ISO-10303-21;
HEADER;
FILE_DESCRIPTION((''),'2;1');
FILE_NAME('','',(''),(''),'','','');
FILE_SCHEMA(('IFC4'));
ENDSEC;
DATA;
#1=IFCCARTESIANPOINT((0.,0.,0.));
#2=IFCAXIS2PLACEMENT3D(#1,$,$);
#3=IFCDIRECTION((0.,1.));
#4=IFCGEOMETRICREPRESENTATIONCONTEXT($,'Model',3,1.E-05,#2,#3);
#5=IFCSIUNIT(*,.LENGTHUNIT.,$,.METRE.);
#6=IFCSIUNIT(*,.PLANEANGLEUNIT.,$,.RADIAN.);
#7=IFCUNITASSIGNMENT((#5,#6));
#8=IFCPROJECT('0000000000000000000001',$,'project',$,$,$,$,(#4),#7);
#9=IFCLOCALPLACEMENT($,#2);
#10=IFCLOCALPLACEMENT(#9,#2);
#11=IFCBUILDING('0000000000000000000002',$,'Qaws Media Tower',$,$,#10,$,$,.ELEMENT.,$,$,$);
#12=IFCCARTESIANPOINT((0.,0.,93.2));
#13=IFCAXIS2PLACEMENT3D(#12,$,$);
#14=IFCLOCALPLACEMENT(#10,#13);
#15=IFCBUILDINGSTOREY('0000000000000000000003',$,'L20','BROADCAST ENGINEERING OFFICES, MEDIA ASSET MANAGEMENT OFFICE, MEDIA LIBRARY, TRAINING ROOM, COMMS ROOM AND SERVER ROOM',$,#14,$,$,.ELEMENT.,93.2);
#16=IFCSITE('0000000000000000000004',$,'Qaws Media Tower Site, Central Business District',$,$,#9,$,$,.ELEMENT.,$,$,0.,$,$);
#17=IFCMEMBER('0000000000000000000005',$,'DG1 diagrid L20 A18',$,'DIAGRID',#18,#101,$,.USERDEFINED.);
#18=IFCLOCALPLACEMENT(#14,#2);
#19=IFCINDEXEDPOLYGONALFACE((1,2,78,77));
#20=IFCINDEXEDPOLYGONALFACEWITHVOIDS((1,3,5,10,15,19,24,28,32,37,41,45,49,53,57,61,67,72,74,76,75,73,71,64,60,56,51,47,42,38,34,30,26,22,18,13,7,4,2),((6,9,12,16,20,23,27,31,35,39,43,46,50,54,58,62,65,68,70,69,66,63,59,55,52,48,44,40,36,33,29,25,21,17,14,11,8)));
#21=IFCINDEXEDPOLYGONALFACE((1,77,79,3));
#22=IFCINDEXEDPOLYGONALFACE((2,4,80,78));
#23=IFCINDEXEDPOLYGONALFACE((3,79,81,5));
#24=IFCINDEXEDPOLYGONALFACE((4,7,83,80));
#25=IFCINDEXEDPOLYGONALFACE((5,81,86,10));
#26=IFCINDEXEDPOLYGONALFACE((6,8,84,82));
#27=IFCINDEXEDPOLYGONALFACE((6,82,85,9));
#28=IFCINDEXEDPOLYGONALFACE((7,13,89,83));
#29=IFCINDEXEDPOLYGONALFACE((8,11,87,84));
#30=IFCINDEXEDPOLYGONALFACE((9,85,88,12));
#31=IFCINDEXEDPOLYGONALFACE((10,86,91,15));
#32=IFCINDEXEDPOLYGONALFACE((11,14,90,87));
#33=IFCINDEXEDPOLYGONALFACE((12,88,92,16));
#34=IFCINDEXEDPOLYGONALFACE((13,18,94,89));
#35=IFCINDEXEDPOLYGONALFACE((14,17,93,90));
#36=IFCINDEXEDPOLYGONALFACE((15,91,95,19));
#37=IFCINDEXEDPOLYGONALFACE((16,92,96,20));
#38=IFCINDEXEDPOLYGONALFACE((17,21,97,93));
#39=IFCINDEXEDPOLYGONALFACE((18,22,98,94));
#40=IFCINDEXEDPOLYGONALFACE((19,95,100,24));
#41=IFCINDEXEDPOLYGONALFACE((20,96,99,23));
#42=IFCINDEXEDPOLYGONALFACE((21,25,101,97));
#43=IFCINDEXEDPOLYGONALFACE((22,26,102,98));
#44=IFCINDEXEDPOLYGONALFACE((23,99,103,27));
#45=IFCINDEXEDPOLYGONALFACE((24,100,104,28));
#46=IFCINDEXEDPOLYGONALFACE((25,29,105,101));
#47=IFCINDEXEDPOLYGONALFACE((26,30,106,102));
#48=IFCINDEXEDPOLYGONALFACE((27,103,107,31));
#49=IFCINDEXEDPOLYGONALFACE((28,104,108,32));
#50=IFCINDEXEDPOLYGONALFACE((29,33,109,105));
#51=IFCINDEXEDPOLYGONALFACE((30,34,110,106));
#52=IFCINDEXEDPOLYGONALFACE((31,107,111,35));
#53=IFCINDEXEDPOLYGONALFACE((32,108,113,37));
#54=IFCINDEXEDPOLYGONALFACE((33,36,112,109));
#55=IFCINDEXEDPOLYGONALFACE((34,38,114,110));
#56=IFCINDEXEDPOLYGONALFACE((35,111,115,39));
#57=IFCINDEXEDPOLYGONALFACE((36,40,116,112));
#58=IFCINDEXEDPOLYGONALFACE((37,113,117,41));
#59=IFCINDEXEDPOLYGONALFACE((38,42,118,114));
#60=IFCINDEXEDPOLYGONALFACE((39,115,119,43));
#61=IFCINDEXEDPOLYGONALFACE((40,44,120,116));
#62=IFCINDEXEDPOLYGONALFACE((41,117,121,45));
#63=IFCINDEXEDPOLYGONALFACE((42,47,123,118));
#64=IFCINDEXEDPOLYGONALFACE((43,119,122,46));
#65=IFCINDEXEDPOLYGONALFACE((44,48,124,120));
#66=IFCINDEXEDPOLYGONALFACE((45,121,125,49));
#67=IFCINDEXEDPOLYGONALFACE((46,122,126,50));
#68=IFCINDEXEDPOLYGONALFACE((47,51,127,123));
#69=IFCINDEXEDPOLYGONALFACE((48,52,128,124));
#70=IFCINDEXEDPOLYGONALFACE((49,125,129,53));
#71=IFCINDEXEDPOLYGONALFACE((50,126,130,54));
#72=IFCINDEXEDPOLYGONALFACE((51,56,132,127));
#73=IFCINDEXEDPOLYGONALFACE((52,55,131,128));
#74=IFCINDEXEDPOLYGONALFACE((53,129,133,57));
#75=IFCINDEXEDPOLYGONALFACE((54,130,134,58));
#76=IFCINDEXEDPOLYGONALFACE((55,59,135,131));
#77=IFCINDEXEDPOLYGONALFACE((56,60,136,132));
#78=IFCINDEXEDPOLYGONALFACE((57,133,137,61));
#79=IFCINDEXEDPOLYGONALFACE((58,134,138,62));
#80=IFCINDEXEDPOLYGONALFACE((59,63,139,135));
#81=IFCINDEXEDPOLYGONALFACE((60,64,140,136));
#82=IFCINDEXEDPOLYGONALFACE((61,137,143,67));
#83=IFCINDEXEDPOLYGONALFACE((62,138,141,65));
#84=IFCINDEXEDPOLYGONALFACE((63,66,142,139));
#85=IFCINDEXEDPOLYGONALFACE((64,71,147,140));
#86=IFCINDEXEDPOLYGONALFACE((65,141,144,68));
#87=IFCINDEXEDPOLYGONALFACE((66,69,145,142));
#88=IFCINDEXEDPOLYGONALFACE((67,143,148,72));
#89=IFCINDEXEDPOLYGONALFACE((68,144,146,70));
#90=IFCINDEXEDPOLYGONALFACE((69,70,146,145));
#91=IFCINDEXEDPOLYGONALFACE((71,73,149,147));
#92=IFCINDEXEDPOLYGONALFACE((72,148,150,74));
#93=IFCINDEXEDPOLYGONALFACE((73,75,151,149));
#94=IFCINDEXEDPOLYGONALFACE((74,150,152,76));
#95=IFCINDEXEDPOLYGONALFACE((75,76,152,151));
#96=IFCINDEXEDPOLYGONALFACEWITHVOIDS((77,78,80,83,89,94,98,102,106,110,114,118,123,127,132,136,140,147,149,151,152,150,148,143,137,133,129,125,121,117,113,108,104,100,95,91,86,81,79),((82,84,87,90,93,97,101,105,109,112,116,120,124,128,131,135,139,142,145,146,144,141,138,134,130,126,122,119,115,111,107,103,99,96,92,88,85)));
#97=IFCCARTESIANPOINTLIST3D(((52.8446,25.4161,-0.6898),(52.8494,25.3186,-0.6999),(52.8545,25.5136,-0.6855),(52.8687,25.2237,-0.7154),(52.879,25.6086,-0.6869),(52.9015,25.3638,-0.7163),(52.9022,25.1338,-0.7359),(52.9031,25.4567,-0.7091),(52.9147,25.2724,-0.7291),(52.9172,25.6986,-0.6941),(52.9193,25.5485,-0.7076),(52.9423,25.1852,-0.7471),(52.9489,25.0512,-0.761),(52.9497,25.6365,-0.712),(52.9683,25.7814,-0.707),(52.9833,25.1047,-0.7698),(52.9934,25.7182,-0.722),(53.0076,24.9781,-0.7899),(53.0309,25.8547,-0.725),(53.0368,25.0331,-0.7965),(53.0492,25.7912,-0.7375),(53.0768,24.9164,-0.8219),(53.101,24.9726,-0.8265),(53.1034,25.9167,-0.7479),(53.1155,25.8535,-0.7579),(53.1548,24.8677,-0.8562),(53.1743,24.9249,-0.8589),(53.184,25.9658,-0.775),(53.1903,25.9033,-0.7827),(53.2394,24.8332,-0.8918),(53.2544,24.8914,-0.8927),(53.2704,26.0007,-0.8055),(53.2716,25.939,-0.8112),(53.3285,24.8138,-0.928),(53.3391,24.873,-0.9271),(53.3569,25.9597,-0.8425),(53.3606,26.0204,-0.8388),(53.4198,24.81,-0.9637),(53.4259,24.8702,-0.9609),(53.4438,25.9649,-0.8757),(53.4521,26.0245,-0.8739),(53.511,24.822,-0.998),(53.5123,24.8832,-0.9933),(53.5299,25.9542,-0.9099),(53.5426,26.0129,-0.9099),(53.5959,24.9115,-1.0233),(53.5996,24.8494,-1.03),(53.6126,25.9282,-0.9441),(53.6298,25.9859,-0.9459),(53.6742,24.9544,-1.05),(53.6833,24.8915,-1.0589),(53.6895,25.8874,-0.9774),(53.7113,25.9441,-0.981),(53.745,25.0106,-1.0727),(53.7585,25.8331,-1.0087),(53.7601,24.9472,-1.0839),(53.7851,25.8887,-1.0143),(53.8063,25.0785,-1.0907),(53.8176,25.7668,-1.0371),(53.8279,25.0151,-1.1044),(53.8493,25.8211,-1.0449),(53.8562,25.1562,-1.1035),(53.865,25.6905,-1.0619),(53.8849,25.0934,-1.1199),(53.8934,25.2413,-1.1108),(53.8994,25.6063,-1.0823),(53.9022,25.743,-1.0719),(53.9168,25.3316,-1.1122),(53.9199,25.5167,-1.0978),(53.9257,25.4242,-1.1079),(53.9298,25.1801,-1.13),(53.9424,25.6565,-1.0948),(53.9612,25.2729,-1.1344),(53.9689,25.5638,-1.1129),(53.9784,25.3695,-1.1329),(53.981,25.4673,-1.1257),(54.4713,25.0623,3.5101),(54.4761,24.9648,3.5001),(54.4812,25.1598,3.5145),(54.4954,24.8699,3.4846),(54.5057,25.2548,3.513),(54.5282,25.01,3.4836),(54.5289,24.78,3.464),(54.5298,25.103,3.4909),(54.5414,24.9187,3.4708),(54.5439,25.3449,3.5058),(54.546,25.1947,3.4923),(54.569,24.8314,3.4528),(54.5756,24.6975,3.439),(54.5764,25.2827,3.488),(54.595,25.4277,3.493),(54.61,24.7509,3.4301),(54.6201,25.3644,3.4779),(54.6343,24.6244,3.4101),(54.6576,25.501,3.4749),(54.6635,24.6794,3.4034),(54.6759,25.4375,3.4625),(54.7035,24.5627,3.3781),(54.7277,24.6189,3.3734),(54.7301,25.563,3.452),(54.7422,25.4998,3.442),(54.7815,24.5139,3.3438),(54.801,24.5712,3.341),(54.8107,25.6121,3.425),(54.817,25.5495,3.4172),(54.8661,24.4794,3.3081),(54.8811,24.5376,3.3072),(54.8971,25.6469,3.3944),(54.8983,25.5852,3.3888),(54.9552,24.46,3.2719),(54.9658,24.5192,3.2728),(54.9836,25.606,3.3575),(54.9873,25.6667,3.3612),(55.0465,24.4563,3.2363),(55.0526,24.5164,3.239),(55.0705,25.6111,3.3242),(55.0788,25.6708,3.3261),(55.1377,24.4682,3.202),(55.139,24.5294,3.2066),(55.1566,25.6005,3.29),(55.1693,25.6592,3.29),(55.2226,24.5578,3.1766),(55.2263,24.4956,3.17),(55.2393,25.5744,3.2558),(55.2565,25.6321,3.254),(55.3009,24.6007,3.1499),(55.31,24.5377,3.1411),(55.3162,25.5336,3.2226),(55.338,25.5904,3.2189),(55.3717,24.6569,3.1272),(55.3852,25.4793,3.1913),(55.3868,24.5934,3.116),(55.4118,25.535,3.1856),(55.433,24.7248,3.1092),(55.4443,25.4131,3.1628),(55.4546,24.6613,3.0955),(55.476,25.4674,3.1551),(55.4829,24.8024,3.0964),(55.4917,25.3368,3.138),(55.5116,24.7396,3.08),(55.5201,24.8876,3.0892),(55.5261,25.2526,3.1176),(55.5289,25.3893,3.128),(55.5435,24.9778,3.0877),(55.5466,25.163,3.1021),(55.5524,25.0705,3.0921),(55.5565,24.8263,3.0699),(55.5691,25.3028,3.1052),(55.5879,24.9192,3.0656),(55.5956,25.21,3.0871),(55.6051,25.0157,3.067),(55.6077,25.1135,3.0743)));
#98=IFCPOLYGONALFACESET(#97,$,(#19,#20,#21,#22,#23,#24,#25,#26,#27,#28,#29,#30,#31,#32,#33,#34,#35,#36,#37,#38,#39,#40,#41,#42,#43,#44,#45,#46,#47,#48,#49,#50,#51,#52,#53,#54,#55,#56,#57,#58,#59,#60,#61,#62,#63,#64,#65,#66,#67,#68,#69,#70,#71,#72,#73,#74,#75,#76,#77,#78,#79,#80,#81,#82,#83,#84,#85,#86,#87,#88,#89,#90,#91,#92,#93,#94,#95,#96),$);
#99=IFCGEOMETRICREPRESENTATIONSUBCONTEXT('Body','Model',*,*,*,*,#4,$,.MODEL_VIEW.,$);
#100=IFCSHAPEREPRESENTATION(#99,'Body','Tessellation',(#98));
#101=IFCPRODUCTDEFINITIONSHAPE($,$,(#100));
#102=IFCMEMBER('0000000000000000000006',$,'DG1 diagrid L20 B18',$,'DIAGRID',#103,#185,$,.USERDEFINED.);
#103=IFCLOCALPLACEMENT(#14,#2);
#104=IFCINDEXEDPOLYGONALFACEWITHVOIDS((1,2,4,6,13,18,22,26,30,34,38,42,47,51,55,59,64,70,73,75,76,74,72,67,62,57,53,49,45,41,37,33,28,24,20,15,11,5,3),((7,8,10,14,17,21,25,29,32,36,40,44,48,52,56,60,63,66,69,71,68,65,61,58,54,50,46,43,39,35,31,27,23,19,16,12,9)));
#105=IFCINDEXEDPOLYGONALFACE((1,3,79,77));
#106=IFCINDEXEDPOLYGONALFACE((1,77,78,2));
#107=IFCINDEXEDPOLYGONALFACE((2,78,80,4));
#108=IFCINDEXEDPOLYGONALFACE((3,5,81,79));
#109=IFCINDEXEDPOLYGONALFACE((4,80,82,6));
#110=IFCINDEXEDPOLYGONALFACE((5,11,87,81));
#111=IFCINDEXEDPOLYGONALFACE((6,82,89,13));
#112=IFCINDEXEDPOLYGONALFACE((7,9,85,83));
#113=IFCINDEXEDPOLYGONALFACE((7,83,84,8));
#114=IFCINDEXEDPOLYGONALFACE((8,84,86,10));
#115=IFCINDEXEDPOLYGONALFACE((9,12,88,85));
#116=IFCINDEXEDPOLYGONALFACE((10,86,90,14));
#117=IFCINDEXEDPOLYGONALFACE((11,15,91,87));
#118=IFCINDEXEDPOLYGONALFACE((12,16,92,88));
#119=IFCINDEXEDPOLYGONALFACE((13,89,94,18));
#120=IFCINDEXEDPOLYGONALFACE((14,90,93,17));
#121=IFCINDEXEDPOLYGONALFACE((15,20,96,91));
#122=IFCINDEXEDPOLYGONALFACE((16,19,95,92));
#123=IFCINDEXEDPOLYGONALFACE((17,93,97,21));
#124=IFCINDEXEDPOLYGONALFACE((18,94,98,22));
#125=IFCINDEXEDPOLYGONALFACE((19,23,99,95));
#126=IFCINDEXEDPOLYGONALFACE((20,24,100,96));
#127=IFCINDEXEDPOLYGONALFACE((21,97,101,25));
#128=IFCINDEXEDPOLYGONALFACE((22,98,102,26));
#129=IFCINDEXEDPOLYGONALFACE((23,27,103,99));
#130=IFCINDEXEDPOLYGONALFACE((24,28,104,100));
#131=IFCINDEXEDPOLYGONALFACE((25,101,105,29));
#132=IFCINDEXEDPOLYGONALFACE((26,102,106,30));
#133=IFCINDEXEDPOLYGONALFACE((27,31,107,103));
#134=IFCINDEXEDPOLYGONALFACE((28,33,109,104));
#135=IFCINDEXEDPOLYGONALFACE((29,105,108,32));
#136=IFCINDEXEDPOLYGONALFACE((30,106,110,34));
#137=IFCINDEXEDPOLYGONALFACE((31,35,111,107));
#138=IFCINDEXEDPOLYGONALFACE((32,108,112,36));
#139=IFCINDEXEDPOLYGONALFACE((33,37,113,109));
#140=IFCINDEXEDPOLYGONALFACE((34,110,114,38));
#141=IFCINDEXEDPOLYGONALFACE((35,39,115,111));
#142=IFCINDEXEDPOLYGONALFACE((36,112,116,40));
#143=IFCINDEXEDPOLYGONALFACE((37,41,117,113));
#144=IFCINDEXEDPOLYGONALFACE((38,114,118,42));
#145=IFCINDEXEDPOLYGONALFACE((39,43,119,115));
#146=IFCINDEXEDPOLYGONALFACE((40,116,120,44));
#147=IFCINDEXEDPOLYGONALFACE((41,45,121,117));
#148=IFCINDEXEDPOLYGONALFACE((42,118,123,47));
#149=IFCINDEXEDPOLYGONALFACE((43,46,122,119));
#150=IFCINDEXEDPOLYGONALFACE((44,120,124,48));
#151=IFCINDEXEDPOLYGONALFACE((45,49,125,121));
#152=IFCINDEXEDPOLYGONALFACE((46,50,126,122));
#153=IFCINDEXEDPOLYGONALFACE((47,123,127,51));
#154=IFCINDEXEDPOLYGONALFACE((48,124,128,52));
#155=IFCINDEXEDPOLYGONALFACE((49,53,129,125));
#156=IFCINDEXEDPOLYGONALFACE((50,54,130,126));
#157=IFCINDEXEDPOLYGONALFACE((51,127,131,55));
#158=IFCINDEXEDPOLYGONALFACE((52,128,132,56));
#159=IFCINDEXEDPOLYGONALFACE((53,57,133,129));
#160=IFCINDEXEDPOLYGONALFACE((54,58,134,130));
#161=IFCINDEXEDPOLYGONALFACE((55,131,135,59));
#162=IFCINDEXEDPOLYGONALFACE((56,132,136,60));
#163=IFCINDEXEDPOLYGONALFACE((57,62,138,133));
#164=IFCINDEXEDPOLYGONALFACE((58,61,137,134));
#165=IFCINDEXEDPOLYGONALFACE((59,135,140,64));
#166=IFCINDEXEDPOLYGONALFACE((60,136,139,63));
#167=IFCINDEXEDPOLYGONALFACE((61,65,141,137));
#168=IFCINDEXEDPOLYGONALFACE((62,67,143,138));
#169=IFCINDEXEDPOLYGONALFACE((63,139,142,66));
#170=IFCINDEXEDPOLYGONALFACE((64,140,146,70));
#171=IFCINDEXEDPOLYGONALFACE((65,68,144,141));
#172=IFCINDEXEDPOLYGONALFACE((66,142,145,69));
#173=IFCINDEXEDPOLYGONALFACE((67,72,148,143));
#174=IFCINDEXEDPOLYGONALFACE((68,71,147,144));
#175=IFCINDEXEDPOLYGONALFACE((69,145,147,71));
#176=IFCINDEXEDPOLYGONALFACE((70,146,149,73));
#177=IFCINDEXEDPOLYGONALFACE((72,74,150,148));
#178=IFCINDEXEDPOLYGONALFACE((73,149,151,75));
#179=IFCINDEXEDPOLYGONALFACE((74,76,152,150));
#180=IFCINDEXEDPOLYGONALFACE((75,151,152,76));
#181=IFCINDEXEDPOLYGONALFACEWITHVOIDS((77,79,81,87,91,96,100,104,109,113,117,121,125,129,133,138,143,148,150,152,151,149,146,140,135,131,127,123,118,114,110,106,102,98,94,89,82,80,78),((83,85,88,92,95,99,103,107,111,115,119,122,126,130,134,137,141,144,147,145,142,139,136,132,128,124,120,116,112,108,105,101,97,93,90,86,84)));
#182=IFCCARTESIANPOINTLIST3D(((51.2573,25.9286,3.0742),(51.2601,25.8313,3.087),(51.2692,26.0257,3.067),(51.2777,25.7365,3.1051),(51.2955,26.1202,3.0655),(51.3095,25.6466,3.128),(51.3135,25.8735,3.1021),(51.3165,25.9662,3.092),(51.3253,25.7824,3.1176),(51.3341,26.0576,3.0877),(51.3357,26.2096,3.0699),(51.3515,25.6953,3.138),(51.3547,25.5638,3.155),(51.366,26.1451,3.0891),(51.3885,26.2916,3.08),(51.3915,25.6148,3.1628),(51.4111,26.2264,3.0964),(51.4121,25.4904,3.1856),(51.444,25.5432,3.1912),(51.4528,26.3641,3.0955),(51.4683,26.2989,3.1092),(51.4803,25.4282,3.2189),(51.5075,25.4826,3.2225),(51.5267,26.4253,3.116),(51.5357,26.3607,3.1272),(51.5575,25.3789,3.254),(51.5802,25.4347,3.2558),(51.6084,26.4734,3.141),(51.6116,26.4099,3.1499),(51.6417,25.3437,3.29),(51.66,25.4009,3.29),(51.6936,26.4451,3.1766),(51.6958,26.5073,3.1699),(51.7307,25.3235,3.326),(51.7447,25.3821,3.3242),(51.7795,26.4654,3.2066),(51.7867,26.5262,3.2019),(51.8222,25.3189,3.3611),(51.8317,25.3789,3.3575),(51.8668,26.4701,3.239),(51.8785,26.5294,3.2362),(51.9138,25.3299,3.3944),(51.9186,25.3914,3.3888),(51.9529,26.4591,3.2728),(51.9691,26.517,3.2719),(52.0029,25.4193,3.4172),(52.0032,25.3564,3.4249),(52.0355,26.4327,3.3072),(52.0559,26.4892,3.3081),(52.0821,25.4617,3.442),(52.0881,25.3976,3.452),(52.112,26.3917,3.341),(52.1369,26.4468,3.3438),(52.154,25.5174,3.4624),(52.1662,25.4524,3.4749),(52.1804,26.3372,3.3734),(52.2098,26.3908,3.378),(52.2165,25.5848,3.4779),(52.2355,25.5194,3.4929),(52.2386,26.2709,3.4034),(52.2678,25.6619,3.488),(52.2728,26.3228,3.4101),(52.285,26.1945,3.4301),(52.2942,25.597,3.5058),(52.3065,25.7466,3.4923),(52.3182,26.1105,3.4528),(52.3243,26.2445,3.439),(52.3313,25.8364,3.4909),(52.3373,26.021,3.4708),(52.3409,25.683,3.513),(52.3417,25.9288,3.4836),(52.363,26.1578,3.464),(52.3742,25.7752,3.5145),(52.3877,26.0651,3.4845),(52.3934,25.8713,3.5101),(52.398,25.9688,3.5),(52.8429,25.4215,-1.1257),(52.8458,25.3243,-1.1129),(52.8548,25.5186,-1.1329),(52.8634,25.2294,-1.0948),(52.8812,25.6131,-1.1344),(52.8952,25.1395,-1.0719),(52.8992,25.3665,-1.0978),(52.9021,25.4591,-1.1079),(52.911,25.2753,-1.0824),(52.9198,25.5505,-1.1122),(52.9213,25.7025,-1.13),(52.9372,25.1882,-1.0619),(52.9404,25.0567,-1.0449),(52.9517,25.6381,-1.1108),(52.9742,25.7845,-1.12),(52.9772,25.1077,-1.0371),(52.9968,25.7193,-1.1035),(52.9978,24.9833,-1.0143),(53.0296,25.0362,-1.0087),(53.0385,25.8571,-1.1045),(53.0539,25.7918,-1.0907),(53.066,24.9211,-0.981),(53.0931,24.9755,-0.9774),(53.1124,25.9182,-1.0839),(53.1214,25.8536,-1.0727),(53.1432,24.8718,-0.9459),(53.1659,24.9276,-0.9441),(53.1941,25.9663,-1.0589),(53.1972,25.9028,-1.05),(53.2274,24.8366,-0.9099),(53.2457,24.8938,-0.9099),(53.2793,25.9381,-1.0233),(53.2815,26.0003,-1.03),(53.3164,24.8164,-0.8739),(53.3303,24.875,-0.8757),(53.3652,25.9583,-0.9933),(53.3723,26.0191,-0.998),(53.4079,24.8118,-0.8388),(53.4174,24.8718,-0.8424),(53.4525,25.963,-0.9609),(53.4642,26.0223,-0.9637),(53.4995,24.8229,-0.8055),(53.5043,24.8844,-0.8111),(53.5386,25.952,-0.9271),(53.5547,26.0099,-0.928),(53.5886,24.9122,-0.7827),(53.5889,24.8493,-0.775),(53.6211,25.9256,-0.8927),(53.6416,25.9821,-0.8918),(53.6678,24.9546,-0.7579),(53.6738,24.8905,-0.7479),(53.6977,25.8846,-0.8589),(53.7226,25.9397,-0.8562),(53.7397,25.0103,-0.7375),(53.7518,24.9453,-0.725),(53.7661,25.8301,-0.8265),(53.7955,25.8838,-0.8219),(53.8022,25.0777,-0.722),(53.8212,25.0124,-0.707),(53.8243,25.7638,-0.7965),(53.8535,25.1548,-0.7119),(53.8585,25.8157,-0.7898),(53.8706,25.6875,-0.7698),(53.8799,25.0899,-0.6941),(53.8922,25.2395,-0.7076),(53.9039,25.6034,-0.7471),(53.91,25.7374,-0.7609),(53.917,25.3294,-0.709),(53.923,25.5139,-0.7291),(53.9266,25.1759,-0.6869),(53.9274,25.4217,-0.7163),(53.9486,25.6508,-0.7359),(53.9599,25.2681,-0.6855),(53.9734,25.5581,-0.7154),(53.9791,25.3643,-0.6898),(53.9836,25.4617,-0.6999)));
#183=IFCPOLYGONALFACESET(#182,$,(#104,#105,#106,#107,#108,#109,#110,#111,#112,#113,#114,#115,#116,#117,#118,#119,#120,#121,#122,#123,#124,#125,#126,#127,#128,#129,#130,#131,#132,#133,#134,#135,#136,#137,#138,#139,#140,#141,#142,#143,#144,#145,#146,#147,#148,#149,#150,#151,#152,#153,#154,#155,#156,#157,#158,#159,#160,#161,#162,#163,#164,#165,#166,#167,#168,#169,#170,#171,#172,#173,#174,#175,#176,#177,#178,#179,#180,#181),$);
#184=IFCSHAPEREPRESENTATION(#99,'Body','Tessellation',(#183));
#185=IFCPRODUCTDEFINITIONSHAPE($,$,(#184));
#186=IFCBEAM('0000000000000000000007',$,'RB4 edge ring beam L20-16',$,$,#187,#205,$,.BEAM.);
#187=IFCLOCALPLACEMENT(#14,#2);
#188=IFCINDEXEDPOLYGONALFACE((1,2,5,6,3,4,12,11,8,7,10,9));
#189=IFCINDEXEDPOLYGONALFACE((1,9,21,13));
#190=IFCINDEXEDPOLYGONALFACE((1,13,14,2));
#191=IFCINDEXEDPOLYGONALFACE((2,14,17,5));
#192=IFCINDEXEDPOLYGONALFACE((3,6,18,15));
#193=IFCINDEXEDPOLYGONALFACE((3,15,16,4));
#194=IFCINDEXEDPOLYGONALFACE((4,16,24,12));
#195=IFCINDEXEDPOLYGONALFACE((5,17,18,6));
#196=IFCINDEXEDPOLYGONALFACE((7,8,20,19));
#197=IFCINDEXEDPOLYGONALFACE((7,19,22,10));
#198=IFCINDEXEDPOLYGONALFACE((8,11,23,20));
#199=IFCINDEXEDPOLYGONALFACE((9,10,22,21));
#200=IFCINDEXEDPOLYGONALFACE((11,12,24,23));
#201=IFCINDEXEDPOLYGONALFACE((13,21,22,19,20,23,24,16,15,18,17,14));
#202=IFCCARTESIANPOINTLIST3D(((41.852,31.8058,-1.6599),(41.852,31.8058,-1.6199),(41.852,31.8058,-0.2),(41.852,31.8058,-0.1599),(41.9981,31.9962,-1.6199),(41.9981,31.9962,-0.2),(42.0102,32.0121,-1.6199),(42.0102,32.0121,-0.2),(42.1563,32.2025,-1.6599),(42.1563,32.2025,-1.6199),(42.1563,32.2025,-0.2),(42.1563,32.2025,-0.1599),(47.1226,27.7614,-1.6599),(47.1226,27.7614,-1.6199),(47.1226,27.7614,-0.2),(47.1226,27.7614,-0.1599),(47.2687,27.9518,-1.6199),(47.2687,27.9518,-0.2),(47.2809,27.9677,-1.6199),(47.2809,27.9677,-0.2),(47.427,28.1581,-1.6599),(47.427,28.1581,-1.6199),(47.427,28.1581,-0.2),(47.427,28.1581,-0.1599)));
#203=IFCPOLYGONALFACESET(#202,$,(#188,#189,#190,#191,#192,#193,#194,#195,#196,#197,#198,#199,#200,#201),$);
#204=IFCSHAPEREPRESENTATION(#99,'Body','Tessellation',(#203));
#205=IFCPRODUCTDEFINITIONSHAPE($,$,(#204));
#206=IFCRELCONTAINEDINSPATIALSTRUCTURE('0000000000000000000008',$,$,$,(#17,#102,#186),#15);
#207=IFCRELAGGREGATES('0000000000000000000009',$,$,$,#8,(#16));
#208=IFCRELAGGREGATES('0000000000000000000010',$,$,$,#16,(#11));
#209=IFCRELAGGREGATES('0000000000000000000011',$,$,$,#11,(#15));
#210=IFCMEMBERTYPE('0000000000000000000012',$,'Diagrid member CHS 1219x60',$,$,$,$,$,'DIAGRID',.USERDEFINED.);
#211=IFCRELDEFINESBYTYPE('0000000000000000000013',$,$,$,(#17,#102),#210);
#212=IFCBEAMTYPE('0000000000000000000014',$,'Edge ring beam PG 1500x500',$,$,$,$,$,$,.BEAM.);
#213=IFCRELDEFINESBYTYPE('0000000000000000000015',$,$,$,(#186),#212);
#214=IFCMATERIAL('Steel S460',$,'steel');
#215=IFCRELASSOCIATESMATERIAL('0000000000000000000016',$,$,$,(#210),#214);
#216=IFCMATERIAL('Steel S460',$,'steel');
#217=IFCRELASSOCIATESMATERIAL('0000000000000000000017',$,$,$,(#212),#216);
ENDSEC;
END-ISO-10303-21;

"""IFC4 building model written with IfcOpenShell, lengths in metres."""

from ifc_helpers import new_model, si_unit, direction, frame, origin, origin_2d, place, context, subcontext, project, spatial, hollow_circle, i_section, extrude, material, material_profile, profile_set, type_object, element, save


model = new_model("IFC4")

# Units and contexts
model_context = context("Model", 3, precision=1e-05, world=origin(), true_north=direction((0.0, 1.0)))
body_context = subcontext(model_context, "Body", "Model", "MODEL_VIEW")
ifc_project = project(units=[si_unit("LENGTHUNIT", "METRE"), si_unit("PLANEANGLEUNIT", "RADIAN")], contexts=[model_context])

# Site, building, storey
site_placement = place(None, origin())
site = spatial("IfcSite", under=ifc_project, at=site_placement, Name="Qaws Media Tower Site, Central Business District", CompositionType="ELEMENT", RefElevation=0.0)
building_placement = place(site_placement, origin())
building = spatial("IfcBuilding", under=site, at=building_placement, Name="Qaws Media Tower", CompositionType="ELEMENT")
storey_placement = place(building_placement, frame((0.0, 0.0, 93.2)))
storey = spatial("IfcBuildingStorey", under=building, at=storey_placement, Name="L20", Description="BROADCAST ENGINEERING OFFICES, MEDIA ASSET MANAGEMENT OFFICE, MEDIA LIBRARY, TRAINING ROOM, COMMS ROOM AND SERVER ROOM", CompositionType="ELEMENT", Elevation=93.2)

# Members
ifc_material_1 = material(Name="Steel S460", Category="steel")
ifc_material_profile_1 = material_profile(ifc_material_1, hollow_circle(Radius=0.6096, WallThickness=0.0601, at=origin_2d()), Name="CHS 1219x60")
ifc_profile_set_1 = profile_set([ifc_material_profile_1], Name="Steel S460")
member_type_1 = type_object("IfcMemberType", Name="Diagrid member CHS 1219x60", ElementType="DIAGRID", PredefinedType="USERDEFINED", material=ifc_profile_set_1)
for number, where, z_axis, x_axis, name in (
    (1, (53.4131, 25.4172, -0.9099), (0.360063, -0.078303, 0.929636), (0.212503, 0.97716, 0.0), "DG1 diagrid L20 A18"),
    (2, (53.4131, 25.4172, -0.9099), (-0.350983, 0.112239, 0.929631), (-0.304589, -0.952484, 0.0), "DG1 diagrid L20 B18"),
):
    element("IfcMember", number, at=place(storey_placement, frame(where, z_axis=z_axis, x_axis=x_axis)), inside=storey, type_object=member_type_1, Name=name, ObjectType="DIAGRID", PredefinedType="USERDEFINED", context=body_context, shape_type="SweptSolid", body=[
        extrude(hollow_circle(Radius=0.6096, WallThickness=0.0601, at=origin_2d()), origin(), (0.0, 0.0, 1.0), 4.5178),
    ])

# Beam
ifc_material_2 = material(Name="Steel S460", Category="steel")
ifc_material_profile_2 = material_profile(ifc_material_2, i_section(OverallWidth=0.5, OverallDepth=1.5, WebThickness=0.02, FlangeThickness=0.04, at=origin_2d()), Name="PG 1500x500")
ifc_profile_set_2 = profile_set([ifc_material_profile_2], Name="Steel S460")
beam_type = type_object("IfcBeamType", Name="Edge ring beam PG 1500x500", PredefinedType="BEAM", material=ifc_profile_set_2)
beam_placement = place(storey_placement, frame((42.0042, 32.0042, -0.9099), z_axis=(0.79335, -0.608766, 0.0), x_axis=(0.608766, 0.79335, 0.0)))
element("IfcBeam", 3, at=beam_placement, inside=storey, type_object=beam_type, Name="RB4 edge ring beam L20-16", PredefinedType="BEAM", context=body_context, shape_type="SweptSolid", body=[
    extrude(i_section(OverallWidth=0.5, OverallDepth=1.5, WebThickness=0.02, FlangeThickness=0.04, at=origin_2d()), origin(), (0.0, 0.0, 1.0), 6.6436),
])

save(model, "model.ifc")
